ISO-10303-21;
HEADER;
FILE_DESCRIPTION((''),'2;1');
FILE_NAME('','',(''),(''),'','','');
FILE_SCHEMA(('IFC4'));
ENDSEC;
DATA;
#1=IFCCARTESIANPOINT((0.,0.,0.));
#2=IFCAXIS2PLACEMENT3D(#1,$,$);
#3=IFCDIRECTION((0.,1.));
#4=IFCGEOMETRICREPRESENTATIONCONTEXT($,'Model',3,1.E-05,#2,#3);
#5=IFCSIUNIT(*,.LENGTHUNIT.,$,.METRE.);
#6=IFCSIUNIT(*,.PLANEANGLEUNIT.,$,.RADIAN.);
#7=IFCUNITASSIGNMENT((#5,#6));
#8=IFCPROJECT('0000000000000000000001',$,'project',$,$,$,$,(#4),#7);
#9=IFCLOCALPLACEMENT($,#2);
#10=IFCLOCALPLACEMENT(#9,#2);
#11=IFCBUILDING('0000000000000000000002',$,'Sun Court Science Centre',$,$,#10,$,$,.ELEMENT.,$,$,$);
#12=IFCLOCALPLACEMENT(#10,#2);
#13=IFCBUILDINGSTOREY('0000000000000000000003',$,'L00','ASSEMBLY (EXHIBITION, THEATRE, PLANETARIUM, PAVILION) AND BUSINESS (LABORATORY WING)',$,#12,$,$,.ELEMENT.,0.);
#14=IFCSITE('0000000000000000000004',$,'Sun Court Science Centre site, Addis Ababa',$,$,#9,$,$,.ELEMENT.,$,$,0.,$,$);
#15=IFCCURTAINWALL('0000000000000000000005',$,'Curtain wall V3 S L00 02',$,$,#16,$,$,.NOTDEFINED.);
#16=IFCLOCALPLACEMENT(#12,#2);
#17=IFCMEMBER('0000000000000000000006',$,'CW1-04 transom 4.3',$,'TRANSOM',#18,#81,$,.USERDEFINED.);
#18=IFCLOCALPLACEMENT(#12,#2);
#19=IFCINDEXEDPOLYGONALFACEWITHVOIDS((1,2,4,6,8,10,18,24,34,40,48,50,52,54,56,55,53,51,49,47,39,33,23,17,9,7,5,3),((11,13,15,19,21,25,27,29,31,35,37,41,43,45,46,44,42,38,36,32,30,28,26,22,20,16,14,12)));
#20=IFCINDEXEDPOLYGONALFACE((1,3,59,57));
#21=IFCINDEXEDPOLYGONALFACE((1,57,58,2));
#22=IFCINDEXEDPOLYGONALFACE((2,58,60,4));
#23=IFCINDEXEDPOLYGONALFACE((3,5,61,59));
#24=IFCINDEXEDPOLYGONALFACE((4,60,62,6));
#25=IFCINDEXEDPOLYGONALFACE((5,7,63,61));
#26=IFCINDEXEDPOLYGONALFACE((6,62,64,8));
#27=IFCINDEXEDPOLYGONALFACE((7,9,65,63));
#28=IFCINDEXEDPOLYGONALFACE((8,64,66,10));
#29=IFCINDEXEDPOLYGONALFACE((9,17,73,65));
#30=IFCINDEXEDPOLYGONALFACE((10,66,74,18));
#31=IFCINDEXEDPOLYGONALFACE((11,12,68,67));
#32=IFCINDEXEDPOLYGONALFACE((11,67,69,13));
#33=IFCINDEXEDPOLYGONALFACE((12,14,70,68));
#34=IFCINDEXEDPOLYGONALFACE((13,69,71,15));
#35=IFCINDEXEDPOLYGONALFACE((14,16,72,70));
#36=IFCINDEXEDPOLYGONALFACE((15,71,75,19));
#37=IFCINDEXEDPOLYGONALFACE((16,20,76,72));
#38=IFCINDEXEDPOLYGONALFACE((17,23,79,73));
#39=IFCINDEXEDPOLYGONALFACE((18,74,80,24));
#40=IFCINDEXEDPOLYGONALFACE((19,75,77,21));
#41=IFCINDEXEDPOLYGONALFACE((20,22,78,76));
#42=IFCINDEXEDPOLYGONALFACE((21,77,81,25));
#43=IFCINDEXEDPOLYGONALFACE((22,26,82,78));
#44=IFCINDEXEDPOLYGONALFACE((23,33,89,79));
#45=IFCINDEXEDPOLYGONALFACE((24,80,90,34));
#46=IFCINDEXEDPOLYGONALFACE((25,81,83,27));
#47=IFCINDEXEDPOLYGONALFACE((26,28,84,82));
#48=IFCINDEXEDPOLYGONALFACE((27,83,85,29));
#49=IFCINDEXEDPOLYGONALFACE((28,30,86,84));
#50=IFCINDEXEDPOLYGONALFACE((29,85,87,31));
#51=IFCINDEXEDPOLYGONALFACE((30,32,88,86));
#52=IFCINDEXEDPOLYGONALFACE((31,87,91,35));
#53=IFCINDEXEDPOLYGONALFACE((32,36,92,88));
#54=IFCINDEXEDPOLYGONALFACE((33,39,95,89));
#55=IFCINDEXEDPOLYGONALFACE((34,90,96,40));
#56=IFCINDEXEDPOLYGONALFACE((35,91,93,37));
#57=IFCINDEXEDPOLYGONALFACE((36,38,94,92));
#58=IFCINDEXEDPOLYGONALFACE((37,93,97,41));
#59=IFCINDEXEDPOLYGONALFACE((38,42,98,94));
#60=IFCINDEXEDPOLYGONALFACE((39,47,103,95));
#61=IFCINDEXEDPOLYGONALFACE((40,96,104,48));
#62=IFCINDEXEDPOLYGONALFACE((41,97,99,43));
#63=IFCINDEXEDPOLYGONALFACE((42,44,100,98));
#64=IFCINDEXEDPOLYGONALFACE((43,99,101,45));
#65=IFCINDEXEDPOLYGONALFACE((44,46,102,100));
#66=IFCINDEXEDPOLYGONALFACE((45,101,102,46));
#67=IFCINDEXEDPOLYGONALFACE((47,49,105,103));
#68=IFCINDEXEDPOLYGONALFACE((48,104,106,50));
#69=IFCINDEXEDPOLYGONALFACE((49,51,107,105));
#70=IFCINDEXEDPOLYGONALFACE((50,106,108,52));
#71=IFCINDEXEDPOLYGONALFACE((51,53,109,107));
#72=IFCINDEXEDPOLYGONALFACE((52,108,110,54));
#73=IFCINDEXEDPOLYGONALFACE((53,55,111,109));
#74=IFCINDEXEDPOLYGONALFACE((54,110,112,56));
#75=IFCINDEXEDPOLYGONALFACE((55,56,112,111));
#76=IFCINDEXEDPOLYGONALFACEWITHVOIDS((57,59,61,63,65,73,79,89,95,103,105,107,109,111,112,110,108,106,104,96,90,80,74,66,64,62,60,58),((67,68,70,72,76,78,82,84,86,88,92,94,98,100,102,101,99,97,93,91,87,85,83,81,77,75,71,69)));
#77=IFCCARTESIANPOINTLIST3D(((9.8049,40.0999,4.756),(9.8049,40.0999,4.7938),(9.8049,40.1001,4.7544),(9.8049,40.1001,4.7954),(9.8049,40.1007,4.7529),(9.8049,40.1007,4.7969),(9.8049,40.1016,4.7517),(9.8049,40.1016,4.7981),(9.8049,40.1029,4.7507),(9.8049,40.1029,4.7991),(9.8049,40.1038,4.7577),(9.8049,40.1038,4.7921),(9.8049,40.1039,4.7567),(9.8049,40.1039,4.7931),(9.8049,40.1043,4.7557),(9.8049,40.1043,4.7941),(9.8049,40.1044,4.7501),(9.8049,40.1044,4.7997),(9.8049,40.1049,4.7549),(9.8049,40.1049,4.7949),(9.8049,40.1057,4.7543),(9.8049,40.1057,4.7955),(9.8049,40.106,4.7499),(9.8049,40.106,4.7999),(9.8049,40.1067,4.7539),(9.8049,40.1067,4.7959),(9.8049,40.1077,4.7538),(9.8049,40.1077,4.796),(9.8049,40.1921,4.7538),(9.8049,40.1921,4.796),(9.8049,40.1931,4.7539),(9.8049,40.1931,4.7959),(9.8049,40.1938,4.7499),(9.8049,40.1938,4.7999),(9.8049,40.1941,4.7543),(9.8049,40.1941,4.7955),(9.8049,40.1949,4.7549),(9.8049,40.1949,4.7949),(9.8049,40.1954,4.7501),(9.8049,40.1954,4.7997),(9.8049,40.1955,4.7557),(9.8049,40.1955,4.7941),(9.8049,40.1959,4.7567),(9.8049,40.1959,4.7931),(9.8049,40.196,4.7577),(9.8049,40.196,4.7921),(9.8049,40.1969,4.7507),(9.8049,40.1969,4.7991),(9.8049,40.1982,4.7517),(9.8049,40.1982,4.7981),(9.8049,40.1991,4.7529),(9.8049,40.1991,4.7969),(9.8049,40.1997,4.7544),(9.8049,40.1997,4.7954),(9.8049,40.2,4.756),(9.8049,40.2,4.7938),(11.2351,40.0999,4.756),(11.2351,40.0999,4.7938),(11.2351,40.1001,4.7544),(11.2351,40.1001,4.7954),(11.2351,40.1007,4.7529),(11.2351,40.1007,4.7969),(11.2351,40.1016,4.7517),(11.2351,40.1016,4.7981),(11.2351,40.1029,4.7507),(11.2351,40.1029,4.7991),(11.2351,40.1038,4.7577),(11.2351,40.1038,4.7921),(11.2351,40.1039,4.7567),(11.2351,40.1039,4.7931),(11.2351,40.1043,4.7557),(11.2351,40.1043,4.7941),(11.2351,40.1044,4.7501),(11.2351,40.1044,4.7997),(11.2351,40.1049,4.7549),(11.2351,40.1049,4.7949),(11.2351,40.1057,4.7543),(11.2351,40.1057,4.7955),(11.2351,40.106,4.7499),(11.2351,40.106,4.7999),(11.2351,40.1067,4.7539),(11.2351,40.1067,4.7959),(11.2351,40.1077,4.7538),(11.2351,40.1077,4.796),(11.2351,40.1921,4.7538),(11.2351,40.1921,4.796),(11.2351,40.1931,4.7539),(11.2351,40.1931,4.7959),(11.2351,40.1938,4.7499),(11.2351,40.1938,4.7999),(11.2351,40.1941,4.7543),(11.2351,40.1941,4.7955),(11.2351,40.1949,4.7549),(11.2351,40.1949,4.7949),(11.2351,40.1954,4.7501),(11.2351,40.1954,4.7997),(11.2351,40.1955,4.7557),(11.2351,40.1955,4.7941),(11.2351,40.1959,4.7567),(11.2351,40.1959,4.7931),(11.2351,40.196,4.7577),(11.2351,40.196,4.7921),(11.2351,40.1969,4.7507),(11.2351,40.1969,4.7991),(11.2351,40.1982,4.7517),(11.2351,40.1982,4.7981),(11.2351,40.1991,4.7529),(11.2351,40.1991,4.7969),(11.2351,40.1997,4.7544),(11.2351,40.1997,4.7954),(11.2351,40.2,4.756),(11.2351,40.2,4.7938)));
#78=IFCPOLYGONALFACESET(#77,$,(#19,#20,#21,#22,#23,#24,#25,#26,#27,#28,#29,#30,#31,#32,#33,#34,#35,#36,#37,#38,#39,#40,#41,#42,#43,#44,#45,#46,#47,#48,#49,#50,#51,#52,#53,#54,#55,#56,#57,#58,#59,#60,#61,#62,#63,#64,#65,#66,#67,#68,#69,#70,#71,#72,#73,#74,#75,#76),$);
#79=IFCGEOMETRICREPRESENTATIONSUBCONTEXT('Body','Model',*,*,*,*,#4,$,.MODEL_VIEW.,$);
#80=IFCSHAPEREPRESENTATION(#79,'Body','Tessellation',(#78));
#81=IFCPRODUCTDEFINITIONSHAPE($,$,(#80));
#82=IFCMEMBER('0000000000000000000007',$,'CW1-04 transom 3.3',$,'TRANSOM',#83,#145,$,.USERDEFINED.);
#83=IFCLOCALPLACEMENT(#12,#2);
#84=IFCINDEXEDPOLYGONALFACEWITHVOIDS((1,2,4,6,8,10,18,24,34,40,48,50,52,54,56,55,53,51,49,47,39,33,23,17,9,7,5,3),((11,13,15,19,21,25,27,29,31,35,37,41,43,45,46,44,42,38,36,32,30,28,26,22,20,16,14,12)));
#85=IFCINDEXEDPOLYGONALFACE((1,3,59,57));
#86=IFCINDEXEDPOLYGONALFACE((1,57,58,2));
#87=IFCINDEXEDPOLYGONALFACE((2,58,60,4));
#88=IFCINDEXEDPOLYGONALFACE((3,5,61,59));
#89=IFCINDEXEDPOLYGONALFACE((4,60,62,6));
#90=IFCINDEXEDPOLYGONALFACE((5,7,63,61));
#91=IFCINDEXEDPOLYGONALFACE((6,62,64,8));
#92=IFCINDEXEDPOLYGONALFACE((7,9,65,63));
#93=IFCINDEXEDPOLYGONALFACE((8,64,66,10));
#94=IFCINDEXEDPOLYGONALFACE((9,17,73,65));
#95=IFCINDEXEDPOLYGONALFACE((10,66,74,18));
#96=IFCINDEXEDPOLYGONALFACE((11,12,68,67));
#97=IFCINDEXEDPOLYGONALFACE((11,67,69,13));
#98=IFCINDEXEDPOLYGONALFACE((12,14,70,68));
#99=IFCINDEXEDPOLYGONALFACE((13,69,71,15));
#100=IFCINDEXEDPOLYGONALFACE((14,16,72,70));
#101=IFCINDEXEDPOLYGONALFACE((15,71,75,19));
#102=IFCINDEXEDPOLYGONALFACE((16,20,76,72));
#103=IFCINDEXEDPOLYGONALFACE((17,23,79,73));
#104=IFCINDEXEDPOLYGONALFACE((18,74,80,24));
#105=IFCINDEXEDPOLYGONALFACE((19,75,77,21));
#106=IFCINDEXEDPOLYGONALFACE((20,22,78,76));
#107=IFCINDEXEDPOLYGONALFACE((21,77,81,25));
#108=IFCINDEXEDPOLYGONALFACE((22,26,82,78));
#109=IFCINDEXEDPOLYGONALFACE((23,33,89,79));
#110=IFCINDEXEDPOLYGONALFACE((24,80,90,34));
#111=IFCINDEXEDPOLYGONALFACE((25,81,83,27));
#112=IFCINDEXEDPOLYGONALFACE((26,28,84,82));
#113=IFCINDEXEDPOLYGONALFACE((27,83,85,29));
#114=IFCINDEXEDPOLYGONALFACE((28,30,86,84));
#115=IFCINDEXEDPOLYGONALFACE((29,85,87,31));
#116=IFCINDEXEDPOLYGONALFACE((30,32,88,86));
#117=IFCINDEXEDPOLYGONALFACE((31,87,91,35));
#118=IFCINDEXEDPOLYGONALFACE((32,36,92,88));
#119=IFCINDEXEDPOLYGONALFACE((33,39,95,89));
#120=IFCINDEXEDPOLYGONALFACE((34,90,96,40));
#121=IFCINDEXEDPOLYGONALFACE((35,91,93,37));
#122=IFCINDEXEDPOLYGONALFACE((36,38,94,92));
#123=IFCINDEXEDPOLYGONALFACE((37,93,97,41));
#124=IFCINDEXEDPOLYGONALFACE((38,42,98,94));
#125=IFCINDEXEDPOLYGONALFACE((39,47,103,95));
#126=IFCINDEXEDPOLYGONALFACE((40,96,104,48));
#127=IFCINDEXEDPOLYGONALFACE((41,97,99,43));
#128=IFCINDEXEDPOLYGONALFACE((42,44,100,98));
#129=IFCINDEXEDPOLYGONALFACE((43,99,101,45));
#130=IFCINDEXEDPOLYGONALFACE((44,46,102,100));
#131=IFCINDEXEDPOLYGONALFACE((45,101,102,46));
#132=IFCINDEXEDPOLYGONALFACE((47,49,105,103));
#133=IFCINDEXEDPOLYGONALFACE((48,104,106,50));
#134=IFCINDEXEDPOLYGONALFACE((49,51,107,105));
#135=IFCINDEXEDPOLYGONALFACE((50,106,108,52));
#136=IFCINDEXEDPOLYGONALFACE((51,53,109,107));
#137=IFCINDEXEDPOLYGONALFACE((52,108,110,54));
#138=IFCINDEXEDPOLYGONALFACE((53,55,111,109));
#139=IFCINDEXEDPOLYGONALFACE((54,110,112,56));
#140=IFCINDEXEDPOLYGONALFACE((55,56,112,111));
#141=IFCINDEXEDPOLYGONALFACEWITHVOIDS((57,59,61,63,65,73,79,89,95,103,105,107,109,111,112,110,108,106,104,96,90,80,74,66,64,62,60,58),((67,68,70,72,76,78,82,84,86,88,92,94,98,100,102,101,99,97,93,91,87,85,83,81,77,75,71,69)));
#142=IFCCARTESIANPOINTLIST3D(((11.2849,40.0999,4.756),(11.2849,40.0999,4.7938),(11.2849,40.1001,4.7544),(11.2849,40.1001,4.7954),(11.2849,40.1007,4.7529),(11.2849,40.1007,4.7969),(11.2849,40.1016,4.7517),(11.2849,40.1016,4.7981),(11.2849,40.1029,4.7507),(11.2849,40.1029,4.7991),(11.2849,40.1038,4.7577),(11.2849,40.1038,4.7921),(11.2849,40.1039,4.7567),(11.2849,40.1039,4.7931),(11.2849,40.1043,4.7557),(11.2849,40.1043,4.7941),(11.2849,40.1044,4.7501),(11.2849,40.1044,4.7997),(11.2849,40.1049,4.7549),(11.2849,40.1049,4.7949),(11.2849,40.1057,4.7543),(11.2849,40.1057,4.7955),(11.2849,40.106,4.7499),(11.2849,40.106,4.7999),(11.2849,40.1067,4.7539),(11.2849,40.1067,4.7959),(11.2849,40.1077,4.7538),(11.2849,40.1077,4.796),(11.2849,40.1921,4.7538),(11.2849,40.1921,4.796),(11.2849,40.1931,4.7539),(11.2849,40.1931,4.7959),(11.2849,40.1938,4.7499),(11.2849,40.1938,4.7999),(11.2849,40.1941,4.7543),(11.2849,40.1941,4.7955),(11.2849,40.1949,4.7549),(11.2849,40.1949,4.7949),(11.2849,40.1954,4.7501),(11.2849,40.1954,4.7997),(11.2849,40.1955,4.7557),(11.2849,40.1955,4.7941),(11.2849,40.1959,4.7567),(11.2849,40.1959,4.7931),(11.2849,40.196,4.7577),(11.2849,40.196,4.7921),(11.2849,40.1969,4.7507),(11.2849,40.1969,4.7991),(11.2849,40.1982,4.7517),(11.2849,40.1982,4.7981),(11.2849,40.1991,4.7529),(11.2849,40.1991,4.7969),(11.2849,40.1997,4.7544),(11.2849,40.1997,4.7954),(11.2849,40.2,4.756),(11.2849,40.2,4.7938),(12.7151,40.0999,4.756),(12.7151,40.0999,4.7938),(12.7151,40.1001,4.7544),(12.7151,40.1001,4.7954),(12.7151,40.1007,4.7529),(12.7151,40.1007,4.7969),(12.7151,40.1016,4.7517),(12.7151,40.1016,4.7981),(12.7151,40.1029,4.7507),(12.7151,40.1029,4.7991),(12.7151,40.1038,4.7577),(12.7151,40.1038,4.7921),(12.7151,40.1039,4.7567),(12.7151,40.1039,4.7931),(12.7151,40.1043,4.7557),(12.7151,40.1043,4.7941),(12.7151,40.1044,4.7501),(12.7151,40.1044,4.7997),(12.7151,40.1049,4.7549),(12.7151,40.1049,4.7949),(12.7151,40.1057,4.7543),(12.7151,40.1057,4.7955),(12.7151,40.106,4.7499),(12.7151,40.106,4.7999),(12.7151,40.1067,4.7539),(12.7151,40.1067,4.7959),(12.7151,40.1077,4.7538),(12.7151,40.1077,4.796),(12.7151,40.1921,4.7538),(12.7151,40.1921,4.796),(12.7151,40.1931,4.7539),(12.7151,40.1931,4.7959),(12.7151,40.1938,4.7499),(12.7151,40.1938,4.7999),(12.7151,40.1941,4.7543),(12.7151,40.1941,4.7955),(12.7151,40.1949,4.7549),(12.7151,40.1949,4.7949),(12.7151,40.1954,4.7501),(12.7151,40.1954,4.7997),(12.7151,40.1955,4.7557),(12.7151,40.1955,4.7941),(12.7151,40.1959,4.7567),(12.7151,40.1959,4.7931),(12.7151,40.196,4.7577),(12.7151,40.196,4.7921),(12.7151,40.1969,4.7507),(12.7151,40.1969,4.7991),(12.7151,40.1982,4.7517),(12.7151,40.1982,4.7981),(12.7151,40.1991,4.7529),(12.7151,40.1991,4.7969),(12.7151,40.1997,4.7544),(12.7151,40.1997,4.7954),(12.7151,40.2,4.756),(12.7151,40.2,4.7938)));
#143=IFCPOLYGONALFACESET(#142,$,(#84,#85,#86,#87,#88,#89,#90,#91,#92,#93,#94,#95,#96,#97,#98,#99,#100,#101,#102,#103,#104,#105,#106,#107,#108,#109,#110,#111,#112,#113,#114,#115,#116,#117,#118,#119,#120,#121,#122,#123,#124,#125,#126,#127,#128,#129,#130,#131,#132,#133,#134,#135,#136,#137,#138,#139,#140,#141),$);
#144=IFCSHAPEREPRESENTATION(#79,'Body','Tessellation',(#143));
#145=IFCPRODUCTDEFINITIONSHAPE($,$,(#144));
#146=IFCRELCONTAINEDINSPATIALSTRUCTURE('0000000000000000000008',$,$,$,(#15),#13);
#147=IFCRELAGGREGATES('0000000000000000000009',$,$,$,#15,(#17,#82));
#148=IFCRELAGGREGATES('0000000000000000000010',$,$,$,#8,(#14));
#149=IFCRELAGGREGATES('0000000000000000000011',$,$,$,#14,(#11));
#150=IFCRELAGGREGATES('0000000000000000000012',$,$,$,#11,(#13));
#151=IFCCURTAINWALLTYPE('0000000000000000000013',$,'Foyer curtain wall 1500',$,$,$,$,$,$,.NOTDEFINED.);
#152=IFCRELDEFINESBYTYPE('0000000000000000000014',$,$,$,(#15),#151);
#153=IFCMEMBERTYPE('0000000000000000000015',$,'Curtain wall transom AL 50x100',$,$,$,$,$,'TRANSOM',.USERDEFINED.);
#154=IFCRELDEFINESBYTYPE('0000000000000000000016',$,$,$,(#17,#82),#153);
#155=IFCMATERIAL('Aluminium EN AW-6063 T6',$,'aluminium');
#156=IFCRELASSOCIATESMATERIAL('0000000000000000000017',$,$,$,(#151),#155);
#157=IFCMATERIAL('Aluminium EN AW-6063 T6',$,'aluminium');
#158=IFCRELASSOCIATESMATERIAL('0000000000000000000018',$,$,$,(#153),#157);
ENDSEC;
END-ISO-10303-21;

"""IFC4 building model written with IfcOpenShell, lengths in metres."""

from ifc_helpers import new_model, si_unit, direction, frame, origin, origin_2d, place, context, subcontext, project, spatial, hollow_rectangle, extrude, material, material_profile, profile_set, type_object, element, aggregate, save


model = new_model("IFC4")

# Units and contexts
model_context = context("Model", 3, precision=1e-05, world=origin(), true_north=direction((0.0, 1.0)))
body_context = subcontext(model_context, "Body", "Model", "MODEL_VIEW")
ifc_project = project(units=[si_unit("LENGTHUNIT", "METRE"), si_unit("PLANEANGLEUNIT", "RADIAN")], contexts=[model_context])

# Site, building, storey
site_placement = place(None, origin())
site = spatial("IfcSite", under=ifc_project, at=site_placement, Name="Sun Court Science Centre site, Addis Ababa", CompositionType="ELEMENT", RefElevation=0.0)
building_placement = place(site_placement, origin())
building = spatial("IfcBuilding", under=site, at=building_placement, Name="Sun Court Science Centre", CompositionType="ELEMENT")
storey_placement = place(building_placement, origin())
storey = spatial("IfcBuildingStorey", under=building, at=storey_placement, Name="L00", Description="ASSEMBLY (EXHIBITION, THEATRE, PLANETARIUM, PAVILION) AND BUSINESS (LABORATORY WING)", CompositionType="ELEMENT", Elevation=0.0)

# Curtain wall
ifc_material_1 = material(Name="Aluminium EN AW-6063 T6", Category="aluminium")
curtain_wall_type = type_object("IfcCurtainWallType", Name="Foyer curtain wall 1500", PredefinedType="NOTDEFINED", material=ifc_material_1)
curtain_wall_1_placement = place(storey_placement, origin())
curtain_wall_1 = element("IfcCurtainWall", 1, at=curtain_wall_1_placement, inside=storey, type_object=curtain_wall_type, Name="Curtain wall V3 S L00 02", PredefinedType="NOTDEFINED")

# Members
ifc_material_2 = material(Name="Aluminium EN AW-6063 T6", Category="aluminium")
ifc_material_profile_1 = material_profile(ifc_material_2, hollow_rectangle(XDim=0.05, YDim=0.1001, WallThickness=0.0039, InnerFilletRadius=0.0039, OuterFilletRadius=0.0061, at=origin_2d()), Name="AL 50x100x4")
ifc_profile_set_1 = profile_set([ifc_material_profile_1], Name="Aluminium EN AW-6063 T6")
member_type_1 = type_object("IfcMemberType", Name="Curtain wall transom AL 50x100", ElementType="TRANSOM", PredefinedType="USERDEFINED", material=ifc_profile_set_1)
member_1_placement = place(storey_placement, frame((11.2351, 40.1499, 4.7749), z_axis=(-1.0, 0.0, 0.0), x_axis=(0.0, 0.0, 1.0)))
member_1 = element("IfcMember", 2, at=member_1_placement, type_object=member_type_1, Name="CW1-04 transom 4.3", ObjectType="TRANSOM", PredefinedType="USERDEFINED", context=body_context, shape_type="SweptSolid", body=[
    extrude(hollow_rectangle(XDim=0.05, YDim=0.1001, WallThickness=0.0039, InnerFilletRadius=0.0039, OuterFilletRadius=0.0061, at=origin_2d()), origin(), (0.0, 0.0, 1.0), 1.4302),
])
member_2_placement = place(storey_placement, frame((12.7151, 40.1499, 4.7749), z_axis=(-1.0, 0.0, 0.0), x_axis=(0.0, 0.0, 1.0)))
member_2 = element("IfcMember", 3, at=member_2_placement, type_object=member_type_1, Name="CW1-04 transom 3.3", ObjectType="TRANSOM", PredefinedType="USERDEFINED", context=body_context, shape_type="SweptSolid", body=[
    extrude(hollow_rectangle(XDim=0.05, YDim=0.1001, WallThickness=0.0039, InnerFilletRadius=0.0039, OuterFilletRadius=0.0061, at=origin_2d()), origin(), (0.0, 0.0, 1.0), 1.4302),
])

aggregate(curtain_wall_1, [member_1, member_2])

save(model, "model.ifc")
